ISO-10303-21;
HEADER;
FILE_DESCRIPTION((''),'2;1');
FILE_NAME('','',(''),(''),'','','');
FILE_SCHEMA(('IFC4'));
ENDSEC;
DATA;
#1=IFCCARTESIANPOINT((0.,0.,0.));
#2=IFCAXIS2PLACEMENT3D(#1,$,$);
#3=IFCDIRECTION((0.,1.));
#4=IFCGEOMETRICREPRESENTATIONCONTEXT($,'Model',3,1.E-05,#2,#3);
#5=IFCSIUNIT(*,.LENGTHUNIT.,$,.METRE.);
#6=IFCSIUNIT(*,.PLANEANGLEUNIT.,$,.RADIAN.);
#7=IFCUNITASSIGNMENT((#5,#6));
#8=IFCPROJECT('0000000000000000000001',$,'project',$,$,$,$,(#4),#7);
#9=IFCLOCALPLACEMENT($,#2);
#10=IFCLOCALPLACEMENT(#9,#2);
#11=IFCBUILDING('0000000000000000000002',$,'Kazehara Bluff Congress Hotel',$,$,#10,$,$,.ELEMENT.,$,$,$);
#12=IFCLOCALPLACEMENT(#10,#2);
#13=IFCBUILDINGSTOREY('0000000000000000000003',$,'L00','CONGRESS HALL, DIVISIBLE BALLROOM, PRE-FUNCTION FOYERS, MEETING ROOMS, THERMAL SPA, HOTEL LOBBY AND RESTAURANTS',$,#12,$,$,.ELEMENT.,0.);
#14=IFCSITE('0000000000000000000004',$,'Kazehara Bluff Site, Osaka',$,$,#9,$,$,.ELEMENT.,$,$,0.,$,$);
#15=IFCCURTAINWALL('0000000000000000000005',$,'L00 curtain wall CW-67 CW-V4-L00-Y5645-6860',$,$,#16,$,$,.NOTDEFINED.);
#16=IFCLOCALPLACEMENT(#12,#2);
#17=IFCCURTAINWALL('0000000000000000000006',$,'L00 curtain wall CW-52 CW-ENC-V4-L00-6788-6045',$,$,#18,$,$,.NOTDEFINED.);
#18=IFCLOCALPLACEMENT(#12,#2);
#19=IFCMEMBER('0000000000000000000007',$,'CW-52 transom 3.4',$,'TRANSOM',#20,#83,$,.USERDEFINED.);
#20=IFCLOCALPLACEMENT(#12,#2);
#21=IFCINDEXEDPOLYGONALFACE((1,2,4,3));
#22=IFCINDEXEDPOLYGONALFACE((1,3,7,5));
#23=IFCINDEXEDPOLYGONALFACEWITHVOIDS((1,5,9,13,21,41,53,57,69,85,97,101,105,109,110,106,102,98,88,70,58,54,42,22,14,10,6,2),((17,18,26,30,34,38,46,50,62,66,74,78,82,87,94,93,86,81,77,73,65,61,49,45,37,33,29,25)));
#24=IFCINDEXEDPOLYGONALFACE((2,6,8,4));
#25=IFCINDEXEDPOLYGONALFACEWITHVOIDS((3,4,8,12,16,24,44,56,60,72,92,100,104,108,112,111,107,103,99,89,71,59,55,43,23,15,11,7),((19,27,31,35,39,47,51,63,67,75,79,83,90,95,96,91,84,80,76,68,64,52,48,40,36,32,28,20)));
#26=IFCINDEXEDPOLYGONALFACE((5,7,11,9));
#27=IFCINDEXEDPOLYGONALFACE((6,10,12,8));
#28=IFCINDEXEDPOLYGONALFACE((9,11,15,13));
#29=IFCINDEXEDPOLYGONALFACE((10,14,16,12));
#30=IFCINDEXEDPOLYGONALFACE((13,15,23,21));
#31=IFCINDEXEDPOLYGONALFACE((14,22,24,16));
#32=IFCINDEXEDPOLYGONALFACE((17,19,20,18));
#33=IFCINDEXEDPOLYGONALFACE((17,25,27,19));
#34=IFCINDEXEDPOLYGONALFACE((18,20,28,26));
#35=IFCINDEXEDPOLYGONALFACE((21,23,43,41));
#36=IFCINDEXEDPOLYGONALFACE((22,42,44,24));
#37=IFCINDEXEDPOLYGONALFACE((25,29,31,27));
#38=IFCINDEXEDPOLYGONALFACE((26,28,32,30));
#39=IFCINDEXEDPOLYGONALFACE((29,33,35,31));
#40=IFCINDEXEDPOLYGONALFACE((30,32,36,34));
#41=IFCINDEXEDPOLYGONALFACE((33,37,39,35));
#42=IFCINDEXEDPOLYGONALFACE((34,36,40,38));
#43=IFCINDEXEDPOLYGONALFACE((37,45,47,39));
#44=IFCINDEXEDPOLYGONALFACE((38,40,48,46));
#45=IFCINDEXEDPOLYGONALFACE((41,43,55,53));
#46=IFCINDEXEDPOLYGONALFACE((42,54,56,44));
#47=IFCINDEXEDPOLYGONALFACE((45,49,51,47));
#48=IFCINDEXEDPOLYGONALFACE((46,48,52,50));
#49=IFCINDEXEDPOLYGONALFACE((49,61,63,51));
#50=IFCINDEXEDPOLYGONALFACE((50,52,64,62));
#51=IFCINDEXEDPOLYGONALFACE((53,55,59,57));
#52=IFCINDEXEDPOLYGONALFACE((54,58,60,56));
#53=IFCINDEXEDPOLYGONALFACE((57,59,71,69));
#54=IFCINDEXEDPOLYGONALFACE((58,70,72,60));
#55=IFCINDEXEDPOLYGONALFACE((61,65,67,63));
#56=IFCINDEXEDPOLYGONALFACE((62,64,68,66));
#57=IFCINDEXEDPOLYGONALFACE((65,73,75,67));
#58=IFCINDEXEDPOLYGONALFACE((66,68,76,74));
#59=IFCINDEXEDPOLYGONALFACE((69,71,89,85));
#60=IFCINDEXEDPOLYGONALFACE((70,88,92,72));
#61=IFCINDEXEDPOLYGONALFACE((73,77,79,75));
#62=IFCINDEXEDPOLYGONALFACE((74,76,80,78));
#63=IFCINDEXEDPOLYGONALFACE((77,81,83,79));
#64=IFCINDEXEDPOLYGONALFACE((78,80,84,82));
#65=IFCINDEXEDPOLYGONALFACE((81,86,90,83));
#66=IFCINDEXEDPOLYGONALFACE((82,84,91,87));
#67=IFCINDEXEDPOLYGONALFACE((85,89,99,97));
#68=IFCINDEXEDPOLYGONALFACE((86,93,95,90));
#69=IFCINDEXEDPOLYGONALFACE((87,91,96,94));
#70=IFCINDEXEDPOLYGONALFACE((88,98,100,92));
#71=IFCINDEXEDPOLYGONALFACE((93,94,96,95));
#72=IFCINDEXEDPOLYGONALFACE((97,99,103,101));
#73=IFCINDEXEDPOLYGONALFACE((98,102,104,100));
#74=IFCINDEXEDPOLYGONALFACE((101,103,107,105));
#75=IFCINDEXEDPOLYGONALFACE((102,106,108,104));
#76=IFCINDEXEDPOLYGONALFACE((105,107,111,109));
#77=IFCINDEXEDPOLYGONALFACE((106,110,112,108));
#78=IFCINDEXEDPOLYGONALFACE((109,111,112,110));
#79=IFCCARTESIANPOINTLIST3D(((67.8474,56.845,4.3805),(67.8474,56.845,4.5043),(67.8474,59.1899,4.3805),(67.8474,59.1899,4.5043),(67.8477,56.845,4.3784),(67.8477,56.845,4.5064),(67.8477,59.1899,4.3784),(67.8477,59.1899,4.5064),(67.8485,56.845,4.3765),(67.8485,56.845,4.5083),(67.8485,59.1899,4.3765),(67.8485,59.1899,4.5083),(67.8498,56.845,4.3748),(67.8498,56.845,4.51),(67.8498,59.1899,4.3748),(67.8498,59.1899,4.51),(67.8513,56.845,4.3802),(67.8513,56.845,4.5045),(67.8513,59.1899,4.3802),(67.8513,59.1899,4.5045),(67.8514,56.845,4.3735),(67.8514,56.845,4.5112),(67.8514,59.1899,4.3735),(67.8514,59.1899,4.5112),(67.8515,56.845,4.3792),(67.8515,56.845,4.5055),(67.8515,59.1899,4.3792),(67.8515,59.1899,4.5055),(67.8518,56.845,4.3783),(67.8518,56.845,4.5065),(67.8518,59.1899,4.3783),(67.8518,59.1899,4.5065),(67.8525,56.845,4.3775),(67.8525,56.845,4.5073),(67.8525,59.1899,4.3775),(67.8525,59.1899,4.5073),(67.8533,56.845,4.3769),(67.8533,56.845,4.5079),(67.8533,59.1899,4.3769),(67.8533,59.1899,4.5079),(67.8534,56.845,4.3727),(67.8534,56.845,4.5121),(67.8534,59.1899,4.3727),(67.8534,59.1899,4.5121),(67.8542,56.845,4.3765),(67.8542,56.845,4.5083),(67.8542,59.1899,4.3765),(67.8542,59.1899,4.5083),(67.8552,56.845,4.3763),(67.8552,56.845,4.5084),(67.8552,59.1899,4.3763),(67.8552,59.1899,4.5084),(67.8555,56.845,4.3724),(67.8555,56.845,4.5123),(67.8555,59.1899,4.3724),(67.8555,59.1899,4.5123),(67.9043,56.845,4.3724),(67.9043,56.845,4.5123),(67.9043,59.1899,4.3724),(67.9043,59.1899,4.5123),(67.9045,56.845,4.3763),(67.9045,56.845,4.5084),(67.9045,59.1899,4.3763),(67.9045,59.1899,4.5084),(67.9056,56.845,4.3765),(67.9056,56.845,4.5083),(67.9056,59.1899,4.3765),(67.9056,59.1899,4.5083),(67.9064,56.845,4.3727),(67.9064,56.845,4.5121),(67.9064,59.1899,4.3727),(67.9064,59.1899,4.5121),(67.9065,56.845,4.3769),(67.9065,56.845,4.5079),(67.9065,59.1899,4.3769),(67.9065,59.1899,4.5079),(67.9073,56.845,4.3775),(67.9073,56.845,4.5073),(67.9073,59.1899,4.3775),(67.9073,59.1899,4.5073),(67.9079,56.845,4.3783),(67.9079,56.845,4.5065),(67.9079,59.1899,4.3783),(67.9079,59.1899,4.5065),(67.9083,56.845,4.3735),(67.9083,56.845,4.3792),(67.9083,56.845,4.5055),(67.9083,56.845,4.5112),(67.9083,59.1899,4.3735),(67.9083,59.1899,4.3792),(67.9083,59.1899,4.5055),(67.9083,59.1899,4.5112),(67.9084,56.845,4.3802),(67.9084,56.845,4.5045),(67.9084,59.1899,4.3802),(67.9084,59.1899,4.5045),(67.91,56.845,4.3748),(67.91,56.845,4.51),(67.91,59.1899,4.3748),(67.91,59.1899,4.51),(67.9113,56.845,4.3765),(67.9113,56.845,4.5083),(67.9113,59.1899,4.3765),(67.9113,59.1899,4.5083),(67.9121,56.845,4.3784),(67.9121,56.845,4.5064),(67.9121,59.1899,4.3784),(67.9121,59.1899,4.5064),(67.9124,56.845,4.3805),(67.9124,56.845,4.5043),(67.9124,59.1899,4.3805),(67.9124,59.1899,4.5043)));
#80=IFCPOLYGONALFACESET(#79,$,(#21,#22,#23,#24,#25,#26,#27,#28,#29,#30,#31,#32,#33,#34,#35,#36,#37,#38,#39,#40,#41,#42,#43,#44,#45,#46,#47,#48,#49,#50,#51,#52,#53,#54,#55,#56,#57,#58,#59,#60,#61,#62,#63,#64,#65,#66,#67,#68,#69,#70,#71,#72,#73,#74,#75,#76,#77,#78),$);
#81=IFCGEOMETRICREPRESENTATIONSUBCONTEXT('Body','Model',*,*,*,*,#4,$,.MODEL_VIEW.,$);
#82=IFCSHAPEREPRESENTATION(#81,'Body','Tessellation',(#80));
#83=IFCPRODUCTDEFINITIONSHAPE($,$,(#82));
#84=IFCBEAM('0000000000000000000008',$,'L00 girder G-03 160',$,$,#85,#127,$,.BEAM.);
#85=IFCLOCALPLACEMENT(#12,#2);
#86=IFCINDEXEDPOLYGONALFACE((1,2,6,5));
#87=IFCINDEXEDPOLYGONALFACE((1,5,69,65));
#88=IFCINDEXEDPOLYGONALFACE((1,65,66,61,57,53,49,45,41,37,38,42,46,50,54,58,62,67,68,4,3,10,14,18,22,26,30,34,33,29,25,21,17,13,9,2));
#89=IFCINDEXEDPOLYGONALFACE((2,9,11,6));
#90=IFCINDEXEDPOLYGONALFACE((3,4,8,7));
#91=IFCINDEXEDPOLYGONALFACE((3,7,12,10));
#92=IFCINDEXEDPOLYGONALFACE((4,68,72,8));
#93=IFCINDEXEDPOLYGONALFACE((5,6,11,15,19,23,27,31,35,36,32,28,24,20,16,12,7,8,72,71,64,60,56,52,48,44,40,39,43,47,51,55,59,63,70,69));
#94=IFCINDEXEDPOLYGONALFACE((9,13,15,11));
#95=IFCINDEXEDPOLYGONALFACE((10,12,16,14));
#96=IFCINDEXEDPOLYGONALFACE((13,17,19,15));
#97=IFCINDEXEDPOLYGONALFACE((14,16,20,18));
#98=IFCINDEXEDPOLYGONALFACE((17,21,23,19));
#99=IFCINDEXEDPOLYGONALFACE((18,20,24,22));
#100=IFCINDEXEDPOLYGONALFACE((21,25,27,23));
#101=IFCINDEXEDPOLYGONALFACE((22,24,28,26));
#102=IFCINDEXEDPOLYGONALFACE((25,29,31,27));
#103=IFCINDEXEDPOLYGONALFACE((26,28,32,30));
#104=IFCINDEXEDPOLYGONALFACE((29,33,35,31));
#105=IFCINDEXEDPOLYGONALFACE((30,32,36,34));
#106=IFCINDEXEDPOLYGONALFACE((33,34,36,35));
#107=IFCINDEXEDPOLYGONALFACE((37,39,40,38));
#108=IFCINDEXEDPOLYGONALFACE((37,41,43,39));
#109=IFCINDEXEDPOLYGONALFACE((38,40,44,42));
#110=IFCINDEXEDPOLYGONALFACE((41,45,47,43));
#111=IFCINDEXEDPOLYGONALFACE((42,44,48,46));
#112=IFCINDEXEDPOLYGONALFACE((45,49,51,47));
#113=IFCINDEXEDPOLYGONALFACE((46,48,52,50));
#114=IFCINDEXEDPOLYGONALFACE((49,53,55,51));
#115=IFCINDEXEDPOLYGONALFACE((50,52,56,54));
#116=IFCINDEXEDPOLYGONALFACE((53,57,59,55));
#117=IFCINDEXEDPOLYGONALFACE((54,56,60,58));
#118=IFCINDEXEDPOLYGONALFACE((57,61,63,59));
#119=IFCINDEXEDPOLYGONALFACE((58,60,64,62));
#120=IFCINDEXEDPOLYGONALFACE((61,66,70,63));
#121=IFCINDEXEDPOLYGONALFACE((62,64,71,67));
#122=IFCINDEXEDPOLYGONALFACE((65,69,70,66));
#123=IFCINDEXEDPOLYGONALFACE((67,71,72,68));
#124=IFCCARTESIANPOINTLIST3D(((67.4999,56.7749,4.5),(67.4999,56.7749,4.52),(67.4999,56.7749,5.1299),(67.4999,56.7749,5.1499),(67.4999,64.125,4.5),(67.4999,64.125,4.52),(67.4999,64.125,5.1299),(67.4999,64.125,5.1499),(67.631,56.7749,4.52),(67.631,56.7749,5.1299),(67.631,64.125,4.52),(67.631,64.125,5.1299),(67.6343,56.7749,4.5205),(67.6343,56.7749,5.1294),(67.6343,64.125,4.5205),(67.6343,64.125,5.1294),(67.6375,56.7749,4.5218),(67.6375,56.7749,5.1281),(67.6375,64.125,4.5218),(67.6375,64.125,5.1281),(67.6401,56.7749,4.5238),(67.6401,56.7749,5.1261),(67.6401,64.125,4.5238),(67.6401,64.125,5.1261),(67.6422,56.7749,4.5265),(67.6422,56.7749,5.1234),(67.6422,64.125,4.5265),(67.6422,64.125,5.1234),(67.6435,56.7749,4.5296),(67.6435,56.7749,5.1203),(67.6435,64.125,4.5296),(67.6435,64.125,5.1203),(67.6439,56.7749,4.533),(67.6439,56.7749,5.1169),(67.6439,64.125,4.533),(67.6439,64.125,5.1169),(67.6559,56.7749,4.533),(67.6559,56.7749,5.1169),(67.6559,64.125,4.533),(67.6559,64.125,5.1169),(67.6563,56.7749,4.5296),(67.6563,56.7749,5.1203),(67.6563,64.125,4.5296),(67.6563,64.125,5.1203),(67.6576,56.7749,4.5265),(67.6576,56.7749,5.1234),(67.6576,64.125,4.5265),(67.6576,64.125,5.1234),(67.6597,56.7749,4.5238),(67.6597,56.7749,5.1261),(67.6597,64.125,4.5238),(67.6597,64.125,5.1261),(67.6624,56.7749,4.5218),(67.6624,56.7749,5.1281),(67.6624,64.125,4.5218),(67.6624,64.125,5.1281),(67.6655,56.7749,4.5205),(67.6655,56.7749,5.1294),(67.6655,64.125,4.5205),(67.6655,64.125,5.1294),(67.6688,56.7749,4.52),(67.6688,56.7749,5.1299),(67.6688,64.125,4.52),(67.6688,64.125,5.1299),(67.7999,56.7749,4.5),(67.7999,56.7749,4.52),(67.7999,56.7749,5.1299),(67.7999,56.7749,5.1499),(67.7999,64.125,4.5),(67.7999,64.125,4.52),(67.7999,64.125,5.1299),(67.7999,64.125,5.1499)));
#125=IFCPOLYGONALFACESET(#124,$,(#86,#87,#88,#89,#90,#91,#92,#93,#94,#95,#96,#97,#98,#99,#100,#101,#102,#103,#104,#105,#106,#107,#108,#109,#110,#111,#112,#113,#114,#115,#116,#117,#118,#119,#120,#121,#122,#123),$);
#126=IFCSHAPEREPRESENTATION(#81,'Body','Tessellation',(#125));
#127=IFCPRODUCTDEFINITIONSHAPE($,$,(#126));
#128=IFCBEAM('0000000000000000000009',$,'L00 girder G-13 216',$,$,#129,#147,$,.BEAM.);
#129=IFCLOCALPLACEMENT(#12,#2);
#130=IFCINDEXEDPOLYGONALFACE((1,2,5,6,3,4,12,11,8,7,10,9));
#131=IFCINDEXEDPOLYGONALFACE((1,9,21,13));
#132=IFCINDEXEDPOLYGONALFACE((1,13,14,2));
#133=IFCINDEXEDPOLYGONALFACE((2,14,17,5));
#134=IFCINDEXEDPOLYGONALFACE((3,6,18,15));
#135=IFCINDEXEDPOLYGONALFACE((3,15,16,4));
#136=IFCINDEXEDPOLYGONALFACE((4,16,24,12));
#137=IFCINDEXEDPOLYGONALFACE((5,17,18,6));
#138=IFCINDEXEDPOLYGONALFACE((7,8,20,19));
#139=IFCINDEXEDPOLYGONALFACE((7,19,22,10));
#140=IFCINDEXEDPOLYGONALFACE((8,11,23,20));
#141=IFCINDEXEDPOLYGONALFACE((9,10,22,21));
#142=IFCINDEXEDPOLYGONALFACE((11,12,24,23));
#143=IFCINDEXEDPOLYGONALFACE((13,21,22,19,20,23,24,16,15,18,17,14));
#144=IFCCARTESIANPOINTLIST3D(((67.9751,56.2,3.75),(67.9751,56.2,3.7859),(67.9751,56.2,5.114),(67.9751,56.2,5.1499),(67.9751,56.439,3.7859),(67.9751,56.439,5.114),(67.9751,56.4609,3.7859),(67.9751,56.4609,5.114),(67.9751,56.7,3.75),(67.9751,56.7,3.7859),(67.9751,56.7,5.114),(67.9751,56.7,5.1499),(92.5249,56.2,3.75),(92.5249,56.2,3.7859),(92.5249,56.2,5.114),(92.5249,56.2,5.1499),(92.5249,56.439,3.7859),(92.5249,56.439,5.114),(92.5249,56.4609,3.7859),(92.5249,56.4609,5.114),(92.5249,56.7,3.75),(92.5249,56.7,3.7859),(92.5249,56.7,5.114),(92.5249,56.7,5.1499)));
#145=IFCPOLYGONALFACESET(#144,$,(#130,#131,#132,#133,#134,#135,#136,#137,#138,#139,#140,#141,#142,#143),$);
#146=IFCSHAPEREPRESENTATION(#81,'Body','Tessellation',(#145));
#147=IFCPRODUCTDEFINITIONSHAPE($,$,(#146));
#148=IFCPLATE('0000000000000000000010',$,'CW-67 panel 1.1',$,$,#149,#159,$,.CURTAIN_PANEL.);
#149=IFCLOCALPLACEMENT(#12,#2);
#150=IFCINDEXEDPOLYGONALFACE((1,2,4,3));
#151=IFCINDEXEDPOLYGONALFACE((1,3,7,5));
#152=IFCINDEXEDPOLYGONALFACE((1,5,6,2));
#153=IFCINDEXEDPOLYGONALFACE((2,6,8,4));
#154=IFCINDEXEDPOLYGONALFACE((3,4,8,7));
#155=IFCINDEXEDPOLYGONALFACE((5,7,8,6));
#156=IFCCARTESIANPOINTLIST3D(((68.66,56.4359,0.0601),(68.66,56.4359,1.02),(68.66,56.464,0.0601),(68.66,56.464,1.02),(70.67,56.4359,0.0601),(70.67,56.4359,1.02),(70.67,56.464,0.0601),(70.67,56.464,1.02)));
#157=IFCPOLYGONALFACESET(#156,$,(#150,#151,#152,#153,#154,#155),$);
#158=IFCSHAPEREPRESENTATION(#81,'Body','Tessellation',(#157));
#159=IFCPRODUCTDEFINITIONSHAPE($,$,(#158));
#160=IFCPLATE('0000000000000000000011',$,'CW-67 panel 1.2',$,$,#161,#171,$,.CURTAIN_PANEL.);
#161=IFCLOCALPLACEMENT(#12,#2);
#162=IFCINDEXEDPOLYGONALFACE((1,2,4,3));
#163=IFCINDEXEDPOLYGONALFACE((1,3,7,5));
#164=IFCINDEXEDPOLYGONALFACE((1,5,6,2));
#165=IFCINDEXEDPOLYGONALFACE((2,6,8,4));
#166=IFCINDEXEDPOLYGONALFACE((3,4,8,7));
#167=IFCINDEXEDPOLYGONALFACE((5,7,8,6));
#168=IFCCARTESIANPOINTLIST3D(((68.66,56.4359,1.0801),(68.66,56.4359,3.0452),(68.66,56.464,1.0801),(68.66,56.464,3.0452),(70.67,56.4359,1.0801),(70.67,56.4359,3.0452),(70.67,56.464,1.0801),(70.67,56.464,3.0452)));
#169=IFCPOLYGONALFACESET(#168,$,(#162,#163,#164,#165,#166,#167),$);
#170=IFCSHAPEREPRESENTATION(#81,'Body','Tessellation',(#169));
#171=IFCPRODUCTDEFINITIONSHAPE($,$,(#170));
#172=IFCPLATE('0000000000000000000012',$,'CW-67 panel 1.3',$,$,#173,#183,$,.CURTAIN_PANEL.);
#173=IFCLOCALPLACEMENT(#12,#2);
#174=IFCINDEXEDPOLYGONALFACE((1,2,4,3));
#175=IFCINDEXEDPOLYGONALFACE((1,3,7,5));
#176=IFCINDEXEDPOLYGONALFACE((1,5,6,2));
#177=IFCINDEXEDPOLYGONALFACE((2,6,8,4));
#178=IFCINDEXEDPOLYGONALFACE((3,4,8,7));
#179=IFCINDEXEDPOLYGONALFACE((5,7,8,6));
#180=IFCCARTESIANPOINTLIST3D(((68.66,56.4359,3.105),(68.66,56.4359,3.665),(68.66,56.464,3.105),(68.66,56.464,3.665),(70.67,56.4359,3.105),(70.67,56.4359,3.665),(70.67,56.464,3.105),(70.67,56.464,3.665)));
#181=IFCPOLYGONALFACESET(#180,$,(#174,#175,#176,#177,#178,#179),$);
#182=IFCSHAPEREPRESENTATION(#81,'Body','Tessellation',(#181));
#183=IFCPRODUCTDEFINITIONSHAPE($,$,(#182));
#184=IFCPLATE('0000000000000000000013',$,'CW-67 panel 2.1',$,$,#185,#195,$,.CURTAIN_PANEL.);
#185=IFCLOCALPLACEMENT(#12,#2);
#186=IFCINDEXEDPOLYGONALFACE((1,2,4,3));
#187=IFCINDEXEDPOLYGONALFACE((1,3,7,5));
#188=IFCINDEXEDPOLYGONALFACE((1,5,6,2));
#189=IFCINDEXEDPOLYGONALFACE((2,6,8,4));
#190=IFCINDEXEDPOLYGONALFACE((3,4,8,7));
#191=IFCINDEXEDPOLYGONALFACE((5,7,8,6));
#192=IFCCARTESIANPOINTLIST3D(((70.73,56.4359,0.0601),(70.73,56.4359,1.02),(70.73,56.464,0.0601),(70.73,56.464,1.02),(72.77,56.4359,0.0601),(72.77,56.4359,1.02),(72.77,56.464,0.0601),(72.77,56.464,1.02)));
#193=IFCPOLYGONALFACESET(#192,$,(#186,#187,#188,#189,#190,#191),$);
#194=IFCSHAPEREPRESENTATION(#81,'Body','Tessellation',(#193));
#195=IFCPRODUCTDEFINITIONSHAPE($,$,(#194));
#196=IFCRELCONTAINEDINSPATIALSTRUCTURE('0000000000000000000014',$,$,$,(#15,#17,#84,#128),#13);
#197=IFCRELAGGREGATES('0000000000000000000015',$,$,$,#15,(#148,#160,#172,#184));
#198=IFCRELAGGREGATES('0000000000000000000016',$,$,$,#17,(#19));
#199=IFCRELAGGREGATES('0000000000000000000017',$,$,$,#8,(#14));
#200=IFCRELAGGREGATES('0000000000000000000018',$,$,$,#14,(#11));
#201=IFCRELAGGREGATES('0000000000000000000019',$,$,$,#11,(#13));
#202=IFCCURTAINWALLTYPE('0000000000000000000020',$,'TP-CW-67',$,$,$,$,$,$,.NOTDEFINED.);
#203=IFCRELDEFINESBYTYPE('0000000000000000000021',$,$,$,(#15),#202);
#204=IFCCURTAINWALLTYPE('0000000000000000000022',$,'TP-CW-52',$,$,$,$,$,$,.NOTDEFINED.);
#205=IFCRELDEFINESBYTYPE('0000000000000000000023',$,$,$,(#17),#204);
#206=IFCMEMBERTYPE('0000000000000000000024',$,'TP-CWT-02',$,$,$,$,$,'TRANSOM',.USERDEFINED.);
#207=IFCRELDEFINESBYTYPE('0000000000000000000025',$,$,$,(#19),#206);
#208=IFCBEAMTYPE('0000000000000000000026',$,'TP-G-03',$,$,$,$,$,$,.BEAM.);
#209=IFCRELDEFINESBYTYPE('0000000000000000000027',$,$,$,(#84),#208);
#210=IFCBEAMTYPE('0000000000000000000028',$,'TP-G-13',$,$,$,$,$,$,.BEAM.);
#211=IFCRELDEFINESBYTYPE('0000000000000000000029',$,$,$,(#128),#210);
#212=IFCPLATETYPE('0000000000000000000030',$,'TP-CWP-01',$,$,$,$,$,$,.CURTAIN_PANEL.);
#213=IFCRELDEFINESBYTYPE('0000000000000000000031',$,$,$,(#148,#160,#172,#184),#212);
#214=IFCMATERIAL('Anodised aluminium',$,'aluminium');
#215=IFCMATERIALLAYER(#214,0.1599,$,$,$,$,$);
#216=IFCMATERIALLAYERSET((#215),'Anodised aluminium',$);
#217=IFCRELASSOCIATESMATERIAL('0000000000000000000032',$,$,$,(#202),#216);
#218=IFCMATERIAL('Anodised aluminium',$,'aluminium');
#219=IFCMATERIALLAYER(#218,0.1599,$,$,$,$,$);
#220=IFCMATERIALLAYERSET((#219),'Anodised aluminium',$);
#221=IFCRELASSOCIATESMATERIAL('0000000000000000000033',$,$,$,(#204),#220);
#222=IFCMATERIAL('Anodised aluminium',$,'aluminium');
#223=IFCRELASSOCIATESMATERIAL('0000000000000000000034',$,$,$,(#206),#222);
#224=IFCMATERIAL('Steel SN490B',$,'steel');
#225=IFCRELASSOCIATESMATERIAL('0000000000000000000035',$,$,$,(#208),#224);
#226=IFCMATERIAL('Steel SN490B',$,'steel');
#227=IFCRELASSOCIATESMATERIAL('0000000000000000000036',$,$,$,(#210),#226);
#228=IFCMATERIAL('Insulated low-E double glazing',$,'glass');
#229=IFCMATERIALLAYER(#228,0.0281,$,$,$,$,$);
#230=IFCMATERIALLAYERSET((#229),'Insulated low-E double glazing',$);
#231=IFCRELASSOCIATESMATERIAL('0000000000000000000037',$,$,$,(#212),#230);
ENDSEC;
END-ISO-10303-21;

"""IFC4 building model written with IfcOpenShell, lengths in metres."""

from ifc_helpers import new_model, si_unit, direction, frame, origin, origin_2d, place, context, subcontext, project, spatial, rectangle, hollow_rectangle, i_section, extrude, material, layer, layer_set, material_profile, profile_set, type_object, element, aggregate, save


model = new_model("IFC4")

# Units and contexts
model_context = context("Model", 3, precision=1e-05, world=origin(), true_north=direction((0.0, 1.0)))
body_context = subcontext(model_context, "Body", "Model", "MODEL_VIEW")
ifc_project = project(units=[si_unit("LENGTHUNIT", "METRE"), si_unit("PLANEANGLEUNIT", "RADIAN")], contexts=[model_context])

# Site, building, storey
site_placement = place(None, origin())
site = spatial("IfcSite", under=ifc_project, at=site_placement, Name="Kazehara Bluff Site, Osaka", CompositionType="ELEMENT", RefElevation=0.0)
building_placement = place(site_placement, origin())
building = spatial("IfcBuilding", under=site, at=building_placement, Name="Kazehara Bluff Congress Hotel", CompositionType="ELEMENT")
storey_placement = place(building_placement, origin())
storey = spatial("IfcBuildingStorey", under=building, at=storey_placement, Name="L00", Description="CONGRESS HALL, DIVISIBLE BALLROOM, PRE-FUNCTION FOYERS, MEETING ROOMS, THERMAL SPA, HOTEL LOBBY AND RESTAURANTS", CompositionType="ELEMENT", Elevation=0.0)

# Curtain walls
ifc_material_1 = material(Name="Anodised aluminium", Category="aluminium")
ifc_layer_1 = layer(ifc_material_1, 0.1599)
ifc_layer_set_1 = layer_set([ifc_layer_1], Name="Anodised aluminium")
curtain_wall_type_1 = type_object("IfcCurtainWallType", Name="TP-CW-67", PredefinedType="NOTDEFINED", material=ifc_layer_set_1)
curtain_wall_1_placement = place(storey_placement, origin())
curtain_wall_1 = element("IfcCurtainWall", 1, at=curtain_wall_1_placement, inside=storey, type_object=curtain_wall_type_1, Name="L00 curtain wall CW-67 CW-V4-L00-Y5645-6860", PredefinedType="NOTDEFINED")
ifc_material_2 = material(Name="Anodised aluminium", Category="aluminium")
ifc_layer_2 = layer(ifc_material_2, 0.1599)
ifc_layer_set_2 = layer_set([ifc_layer_2], Name="Anodised aluminium")
curtain_wall_type_2 = type_object("IfcCurtainWallType", Name="TP-CW-52", PredefinedType="NOTDEFINED", material=ifc_layer_set_2)
curtain_wall_2_placement = place(storey_placement, origin())
curtain_wall_2 = element("IfcCurtainWall", 2, at=curtain_wall_2_placement, inside=storey, type_object=curtain_wall_type_2, Name="L00 curtain wall CW-52 CW-ENC-V4-L00-6788-6045", PredefinedType="NOTDEFINED")

# Member
ifc_material_3 = material(Name="Anodised aluminium", Category="aluminium")
ifc_material_profile_1 = material_profile(ifc_material_3, hollow_rectangle(XDim=0.0649, YDim=0.1399, WallThickness=0.0039, InnerFilletRadius=0.0039, OuterFilletRadius=0.0081, at=origin_2d()))
ifc_profile_set_1 = profile_set([ifc_material_profile_1], Name="Anodised aluminium")
member_type_1 = type_object("IfcMemberType", Name="TP-CWT-02", ElementType="TRANSOM", PredefinedType="USERDEFINED", material=ifc_profile_set_1)
member_1_placement = place(storey_placement, frame((67.8799, 59.1899, 4.4424), z_axis=(0.0, -1.0, 0.0), x_axis=(1.0, 0.0, 0.0)))
member_1 = element("IfcMember", 3, at=member_1_placement, type_object=member_type_1, Name="CW-52 transom 3.4", ObjectType="TRANSOM", PredefinedType="USERDEFINED", context=body_context, shape_type="SweptSolid", body=[
    extrude(hollow_rectangle(XDim=0.0649, YDim=0.1399, WallThickness=0.0039, InnerFilletRadius=0.0039, OuterFilletRadius=0.0081, at=origin_2d()), origin(), (0.0, 0.0, 1.0), 2.345),
])

# Beams
ifc_material_4 = material(Name="Steel SN490B", Category="steel")
ifc_material_profile_2 = material_profile(ifc_material_4, i_section(OverallWidth=0.3, OverallDepth=0.6499, WebThickness=0.012, FlangeThickness=0.02, FilletRadius=0.0129, at=origin_2d()))
ifc_profile_set_2 = profile_set([ifc_material_profile_2], Name="Steel SN490B")
beam_type_1 = type_object("IfcBeamType", Name="TP-G-03", PredefinedType="BEAM", material=ifc_profile_set_2)
beam_1_placement = place(storey_placement, frame((67.6499, 56.7749, 4.825), z_axis=(0.0, 1.0, 0.0), x_axis=(-1.0, 0.0, 0.0)))
element("IfcBeam", 4, at=beam_1_placement, inside=storey, type_object=beam_type_1, Name="L00 girder G-03 160", PredefinedType="BEAM", context=body_context, shape_type="SweptSolid", body=[
    extrude(i_section(OverallWidth=0.3, OverallDepth=0.6499, WebThickness=0.012, FlangeThickness=0.02, FilletRadius=0.0129, at=origin_2d()), origin(), (0.0, 0.0, 1.0), 7.3501),
])
ifc_material_5 = material(Name="Steel SN490B", Category="steel")
ifc_material_profile_3 = material_profile(ifc_material_5, i_section(OverallWidth=0.5, OverallDepth=1.3999, WebThickness=0.022, FlangeThickness=0.0359, at=origin_2d()))
ifc_profile_set_3 = profile_set([ifc_material_profile_3], Name="Steel SN490B")
beam_type_2 = type_object("IfcBeamType", Name="TP-G-13", PredefinedType="BEAM", material=ifc_profile_set_3)
beam_2_placement = place(storey_placement, frame((67.9751, 56.45, 4.45), z_axis=(1.0, 0.0, 0.0), x_axis=(0.0, 1.0, 0.0)))
element("IfcBeam", 5, at=beam_2_placement, inside=storey, type_object=beam_type_2, Name="L00 girder G-13 216", PredefinedType="BEAM", context=body_context, shape_type="SweptSolid", body=[
    extrude(i_section(OverallWidth=0.5, OverallDepth=1.3999, WebThickness=0.022, FlangeThickness=0.0359, at=origin_2d()), origin(), (0.0, 0.0, 1.0), 24.5498),
])

# Plates
ifc_material_6 = material(Name="Insulated low-E double glazing", Category="glass")
ifc_layer_3 = layer(ifc_material_6, 0.0281)
ifc_layer_set_3 = layer_set([ifc_layer_3], Name="Insulated low-E double glazing")
plate_type_1 = type_object("IfcPlateType", Name="TP-CWP-01", PredefinedType="CURTAIN_PANEL", material=ifc_layer_set_3)
plate_1_placement = place(storey_placement, frame((69.665, 56.45, 0.0601), z_axis=(0.0, 0.0, 1.0), x_axis=(1.0, 0.0, 0.0)))
plate_1 = element("IfcPlate", 6, at=plate_1_placement, type_object=plate_type_1, Name="CW-67 panel 1.1", PredefinedType="CURTAIN_PANEL", context=body_context, shape_type="SweptSolid", body=[
    extrude(rectangle(XDim=2.01, YDim=0.0281, at=origin_2d()), origin(), (0.0, 0.0, 1.0), 0.96),
])
plate_2_placement = place(storey_placement, frame((69.665, 56.45, 1.0801), z_axis=(0.0, 0.0, 1.0), x_axis=(1.0, 0.0, 0.0)))
plate_2 = element("IfcPlate", 7, at=plate_2_placement, type_object=plate_type_1, Name="CW-67 panel 1.2", PredefinedType="CURTAIN_PANEL", context=body_context, shape_type="SweptSolid", body=[
    extrude(rectangle(XDim=2.01, YDim=0.0281, at=origin_2d()), origin(), (0.0, 0.0, 1.0), 1.9651),
])
plate_3_placement = place(storey_placement, frame((69.665, 56.45, 3.105), z_axis=(0.0, 0.0, 1.0), x_axis=(1.0, 0.0, 0.0)))
plate_3 = element("IfcPlate", 8, at=plate_3_placement, type_object=plate_type_1, Name="CW-67 panel 1.3", PredefinedType="CURTAIN_PANEL", context=body_context, shape_type="SweptSolid", body=[
    extrude(rectangle(XDim=2.01, YDim=0.0281, at=origin_2d()), origin(), (0.0, 0.0, 1.0), 0.5601),
])
plate_4_placement = place(storey_placement, frame((71.75, 56.45, 0.0601), z_axis=(0.0, 0.0, 1.0), x_axis=(1.0, 0.0, 0.0)))
plate_4 = element("IfcPlate", 9, at=plate_4_placement, type_object=plate_type_1, Name="CW-67 panel 2.1", PredefinedType="CURTAIN_PANEL", context=body_context, shape_type="SweptSolid", body=[
    extrude(rectangle(XDim=2.04, YDim=0.0281, at=origin_2d()), origin(), (0.0, 0.0, 1.0), 0.96),
])
aggregate(curtain_wall_1, [plate_1, plate_2, plate_3, plate_4])
aggregate(curtain_wall_2, [member_1])

save(model, "model.ifc")
